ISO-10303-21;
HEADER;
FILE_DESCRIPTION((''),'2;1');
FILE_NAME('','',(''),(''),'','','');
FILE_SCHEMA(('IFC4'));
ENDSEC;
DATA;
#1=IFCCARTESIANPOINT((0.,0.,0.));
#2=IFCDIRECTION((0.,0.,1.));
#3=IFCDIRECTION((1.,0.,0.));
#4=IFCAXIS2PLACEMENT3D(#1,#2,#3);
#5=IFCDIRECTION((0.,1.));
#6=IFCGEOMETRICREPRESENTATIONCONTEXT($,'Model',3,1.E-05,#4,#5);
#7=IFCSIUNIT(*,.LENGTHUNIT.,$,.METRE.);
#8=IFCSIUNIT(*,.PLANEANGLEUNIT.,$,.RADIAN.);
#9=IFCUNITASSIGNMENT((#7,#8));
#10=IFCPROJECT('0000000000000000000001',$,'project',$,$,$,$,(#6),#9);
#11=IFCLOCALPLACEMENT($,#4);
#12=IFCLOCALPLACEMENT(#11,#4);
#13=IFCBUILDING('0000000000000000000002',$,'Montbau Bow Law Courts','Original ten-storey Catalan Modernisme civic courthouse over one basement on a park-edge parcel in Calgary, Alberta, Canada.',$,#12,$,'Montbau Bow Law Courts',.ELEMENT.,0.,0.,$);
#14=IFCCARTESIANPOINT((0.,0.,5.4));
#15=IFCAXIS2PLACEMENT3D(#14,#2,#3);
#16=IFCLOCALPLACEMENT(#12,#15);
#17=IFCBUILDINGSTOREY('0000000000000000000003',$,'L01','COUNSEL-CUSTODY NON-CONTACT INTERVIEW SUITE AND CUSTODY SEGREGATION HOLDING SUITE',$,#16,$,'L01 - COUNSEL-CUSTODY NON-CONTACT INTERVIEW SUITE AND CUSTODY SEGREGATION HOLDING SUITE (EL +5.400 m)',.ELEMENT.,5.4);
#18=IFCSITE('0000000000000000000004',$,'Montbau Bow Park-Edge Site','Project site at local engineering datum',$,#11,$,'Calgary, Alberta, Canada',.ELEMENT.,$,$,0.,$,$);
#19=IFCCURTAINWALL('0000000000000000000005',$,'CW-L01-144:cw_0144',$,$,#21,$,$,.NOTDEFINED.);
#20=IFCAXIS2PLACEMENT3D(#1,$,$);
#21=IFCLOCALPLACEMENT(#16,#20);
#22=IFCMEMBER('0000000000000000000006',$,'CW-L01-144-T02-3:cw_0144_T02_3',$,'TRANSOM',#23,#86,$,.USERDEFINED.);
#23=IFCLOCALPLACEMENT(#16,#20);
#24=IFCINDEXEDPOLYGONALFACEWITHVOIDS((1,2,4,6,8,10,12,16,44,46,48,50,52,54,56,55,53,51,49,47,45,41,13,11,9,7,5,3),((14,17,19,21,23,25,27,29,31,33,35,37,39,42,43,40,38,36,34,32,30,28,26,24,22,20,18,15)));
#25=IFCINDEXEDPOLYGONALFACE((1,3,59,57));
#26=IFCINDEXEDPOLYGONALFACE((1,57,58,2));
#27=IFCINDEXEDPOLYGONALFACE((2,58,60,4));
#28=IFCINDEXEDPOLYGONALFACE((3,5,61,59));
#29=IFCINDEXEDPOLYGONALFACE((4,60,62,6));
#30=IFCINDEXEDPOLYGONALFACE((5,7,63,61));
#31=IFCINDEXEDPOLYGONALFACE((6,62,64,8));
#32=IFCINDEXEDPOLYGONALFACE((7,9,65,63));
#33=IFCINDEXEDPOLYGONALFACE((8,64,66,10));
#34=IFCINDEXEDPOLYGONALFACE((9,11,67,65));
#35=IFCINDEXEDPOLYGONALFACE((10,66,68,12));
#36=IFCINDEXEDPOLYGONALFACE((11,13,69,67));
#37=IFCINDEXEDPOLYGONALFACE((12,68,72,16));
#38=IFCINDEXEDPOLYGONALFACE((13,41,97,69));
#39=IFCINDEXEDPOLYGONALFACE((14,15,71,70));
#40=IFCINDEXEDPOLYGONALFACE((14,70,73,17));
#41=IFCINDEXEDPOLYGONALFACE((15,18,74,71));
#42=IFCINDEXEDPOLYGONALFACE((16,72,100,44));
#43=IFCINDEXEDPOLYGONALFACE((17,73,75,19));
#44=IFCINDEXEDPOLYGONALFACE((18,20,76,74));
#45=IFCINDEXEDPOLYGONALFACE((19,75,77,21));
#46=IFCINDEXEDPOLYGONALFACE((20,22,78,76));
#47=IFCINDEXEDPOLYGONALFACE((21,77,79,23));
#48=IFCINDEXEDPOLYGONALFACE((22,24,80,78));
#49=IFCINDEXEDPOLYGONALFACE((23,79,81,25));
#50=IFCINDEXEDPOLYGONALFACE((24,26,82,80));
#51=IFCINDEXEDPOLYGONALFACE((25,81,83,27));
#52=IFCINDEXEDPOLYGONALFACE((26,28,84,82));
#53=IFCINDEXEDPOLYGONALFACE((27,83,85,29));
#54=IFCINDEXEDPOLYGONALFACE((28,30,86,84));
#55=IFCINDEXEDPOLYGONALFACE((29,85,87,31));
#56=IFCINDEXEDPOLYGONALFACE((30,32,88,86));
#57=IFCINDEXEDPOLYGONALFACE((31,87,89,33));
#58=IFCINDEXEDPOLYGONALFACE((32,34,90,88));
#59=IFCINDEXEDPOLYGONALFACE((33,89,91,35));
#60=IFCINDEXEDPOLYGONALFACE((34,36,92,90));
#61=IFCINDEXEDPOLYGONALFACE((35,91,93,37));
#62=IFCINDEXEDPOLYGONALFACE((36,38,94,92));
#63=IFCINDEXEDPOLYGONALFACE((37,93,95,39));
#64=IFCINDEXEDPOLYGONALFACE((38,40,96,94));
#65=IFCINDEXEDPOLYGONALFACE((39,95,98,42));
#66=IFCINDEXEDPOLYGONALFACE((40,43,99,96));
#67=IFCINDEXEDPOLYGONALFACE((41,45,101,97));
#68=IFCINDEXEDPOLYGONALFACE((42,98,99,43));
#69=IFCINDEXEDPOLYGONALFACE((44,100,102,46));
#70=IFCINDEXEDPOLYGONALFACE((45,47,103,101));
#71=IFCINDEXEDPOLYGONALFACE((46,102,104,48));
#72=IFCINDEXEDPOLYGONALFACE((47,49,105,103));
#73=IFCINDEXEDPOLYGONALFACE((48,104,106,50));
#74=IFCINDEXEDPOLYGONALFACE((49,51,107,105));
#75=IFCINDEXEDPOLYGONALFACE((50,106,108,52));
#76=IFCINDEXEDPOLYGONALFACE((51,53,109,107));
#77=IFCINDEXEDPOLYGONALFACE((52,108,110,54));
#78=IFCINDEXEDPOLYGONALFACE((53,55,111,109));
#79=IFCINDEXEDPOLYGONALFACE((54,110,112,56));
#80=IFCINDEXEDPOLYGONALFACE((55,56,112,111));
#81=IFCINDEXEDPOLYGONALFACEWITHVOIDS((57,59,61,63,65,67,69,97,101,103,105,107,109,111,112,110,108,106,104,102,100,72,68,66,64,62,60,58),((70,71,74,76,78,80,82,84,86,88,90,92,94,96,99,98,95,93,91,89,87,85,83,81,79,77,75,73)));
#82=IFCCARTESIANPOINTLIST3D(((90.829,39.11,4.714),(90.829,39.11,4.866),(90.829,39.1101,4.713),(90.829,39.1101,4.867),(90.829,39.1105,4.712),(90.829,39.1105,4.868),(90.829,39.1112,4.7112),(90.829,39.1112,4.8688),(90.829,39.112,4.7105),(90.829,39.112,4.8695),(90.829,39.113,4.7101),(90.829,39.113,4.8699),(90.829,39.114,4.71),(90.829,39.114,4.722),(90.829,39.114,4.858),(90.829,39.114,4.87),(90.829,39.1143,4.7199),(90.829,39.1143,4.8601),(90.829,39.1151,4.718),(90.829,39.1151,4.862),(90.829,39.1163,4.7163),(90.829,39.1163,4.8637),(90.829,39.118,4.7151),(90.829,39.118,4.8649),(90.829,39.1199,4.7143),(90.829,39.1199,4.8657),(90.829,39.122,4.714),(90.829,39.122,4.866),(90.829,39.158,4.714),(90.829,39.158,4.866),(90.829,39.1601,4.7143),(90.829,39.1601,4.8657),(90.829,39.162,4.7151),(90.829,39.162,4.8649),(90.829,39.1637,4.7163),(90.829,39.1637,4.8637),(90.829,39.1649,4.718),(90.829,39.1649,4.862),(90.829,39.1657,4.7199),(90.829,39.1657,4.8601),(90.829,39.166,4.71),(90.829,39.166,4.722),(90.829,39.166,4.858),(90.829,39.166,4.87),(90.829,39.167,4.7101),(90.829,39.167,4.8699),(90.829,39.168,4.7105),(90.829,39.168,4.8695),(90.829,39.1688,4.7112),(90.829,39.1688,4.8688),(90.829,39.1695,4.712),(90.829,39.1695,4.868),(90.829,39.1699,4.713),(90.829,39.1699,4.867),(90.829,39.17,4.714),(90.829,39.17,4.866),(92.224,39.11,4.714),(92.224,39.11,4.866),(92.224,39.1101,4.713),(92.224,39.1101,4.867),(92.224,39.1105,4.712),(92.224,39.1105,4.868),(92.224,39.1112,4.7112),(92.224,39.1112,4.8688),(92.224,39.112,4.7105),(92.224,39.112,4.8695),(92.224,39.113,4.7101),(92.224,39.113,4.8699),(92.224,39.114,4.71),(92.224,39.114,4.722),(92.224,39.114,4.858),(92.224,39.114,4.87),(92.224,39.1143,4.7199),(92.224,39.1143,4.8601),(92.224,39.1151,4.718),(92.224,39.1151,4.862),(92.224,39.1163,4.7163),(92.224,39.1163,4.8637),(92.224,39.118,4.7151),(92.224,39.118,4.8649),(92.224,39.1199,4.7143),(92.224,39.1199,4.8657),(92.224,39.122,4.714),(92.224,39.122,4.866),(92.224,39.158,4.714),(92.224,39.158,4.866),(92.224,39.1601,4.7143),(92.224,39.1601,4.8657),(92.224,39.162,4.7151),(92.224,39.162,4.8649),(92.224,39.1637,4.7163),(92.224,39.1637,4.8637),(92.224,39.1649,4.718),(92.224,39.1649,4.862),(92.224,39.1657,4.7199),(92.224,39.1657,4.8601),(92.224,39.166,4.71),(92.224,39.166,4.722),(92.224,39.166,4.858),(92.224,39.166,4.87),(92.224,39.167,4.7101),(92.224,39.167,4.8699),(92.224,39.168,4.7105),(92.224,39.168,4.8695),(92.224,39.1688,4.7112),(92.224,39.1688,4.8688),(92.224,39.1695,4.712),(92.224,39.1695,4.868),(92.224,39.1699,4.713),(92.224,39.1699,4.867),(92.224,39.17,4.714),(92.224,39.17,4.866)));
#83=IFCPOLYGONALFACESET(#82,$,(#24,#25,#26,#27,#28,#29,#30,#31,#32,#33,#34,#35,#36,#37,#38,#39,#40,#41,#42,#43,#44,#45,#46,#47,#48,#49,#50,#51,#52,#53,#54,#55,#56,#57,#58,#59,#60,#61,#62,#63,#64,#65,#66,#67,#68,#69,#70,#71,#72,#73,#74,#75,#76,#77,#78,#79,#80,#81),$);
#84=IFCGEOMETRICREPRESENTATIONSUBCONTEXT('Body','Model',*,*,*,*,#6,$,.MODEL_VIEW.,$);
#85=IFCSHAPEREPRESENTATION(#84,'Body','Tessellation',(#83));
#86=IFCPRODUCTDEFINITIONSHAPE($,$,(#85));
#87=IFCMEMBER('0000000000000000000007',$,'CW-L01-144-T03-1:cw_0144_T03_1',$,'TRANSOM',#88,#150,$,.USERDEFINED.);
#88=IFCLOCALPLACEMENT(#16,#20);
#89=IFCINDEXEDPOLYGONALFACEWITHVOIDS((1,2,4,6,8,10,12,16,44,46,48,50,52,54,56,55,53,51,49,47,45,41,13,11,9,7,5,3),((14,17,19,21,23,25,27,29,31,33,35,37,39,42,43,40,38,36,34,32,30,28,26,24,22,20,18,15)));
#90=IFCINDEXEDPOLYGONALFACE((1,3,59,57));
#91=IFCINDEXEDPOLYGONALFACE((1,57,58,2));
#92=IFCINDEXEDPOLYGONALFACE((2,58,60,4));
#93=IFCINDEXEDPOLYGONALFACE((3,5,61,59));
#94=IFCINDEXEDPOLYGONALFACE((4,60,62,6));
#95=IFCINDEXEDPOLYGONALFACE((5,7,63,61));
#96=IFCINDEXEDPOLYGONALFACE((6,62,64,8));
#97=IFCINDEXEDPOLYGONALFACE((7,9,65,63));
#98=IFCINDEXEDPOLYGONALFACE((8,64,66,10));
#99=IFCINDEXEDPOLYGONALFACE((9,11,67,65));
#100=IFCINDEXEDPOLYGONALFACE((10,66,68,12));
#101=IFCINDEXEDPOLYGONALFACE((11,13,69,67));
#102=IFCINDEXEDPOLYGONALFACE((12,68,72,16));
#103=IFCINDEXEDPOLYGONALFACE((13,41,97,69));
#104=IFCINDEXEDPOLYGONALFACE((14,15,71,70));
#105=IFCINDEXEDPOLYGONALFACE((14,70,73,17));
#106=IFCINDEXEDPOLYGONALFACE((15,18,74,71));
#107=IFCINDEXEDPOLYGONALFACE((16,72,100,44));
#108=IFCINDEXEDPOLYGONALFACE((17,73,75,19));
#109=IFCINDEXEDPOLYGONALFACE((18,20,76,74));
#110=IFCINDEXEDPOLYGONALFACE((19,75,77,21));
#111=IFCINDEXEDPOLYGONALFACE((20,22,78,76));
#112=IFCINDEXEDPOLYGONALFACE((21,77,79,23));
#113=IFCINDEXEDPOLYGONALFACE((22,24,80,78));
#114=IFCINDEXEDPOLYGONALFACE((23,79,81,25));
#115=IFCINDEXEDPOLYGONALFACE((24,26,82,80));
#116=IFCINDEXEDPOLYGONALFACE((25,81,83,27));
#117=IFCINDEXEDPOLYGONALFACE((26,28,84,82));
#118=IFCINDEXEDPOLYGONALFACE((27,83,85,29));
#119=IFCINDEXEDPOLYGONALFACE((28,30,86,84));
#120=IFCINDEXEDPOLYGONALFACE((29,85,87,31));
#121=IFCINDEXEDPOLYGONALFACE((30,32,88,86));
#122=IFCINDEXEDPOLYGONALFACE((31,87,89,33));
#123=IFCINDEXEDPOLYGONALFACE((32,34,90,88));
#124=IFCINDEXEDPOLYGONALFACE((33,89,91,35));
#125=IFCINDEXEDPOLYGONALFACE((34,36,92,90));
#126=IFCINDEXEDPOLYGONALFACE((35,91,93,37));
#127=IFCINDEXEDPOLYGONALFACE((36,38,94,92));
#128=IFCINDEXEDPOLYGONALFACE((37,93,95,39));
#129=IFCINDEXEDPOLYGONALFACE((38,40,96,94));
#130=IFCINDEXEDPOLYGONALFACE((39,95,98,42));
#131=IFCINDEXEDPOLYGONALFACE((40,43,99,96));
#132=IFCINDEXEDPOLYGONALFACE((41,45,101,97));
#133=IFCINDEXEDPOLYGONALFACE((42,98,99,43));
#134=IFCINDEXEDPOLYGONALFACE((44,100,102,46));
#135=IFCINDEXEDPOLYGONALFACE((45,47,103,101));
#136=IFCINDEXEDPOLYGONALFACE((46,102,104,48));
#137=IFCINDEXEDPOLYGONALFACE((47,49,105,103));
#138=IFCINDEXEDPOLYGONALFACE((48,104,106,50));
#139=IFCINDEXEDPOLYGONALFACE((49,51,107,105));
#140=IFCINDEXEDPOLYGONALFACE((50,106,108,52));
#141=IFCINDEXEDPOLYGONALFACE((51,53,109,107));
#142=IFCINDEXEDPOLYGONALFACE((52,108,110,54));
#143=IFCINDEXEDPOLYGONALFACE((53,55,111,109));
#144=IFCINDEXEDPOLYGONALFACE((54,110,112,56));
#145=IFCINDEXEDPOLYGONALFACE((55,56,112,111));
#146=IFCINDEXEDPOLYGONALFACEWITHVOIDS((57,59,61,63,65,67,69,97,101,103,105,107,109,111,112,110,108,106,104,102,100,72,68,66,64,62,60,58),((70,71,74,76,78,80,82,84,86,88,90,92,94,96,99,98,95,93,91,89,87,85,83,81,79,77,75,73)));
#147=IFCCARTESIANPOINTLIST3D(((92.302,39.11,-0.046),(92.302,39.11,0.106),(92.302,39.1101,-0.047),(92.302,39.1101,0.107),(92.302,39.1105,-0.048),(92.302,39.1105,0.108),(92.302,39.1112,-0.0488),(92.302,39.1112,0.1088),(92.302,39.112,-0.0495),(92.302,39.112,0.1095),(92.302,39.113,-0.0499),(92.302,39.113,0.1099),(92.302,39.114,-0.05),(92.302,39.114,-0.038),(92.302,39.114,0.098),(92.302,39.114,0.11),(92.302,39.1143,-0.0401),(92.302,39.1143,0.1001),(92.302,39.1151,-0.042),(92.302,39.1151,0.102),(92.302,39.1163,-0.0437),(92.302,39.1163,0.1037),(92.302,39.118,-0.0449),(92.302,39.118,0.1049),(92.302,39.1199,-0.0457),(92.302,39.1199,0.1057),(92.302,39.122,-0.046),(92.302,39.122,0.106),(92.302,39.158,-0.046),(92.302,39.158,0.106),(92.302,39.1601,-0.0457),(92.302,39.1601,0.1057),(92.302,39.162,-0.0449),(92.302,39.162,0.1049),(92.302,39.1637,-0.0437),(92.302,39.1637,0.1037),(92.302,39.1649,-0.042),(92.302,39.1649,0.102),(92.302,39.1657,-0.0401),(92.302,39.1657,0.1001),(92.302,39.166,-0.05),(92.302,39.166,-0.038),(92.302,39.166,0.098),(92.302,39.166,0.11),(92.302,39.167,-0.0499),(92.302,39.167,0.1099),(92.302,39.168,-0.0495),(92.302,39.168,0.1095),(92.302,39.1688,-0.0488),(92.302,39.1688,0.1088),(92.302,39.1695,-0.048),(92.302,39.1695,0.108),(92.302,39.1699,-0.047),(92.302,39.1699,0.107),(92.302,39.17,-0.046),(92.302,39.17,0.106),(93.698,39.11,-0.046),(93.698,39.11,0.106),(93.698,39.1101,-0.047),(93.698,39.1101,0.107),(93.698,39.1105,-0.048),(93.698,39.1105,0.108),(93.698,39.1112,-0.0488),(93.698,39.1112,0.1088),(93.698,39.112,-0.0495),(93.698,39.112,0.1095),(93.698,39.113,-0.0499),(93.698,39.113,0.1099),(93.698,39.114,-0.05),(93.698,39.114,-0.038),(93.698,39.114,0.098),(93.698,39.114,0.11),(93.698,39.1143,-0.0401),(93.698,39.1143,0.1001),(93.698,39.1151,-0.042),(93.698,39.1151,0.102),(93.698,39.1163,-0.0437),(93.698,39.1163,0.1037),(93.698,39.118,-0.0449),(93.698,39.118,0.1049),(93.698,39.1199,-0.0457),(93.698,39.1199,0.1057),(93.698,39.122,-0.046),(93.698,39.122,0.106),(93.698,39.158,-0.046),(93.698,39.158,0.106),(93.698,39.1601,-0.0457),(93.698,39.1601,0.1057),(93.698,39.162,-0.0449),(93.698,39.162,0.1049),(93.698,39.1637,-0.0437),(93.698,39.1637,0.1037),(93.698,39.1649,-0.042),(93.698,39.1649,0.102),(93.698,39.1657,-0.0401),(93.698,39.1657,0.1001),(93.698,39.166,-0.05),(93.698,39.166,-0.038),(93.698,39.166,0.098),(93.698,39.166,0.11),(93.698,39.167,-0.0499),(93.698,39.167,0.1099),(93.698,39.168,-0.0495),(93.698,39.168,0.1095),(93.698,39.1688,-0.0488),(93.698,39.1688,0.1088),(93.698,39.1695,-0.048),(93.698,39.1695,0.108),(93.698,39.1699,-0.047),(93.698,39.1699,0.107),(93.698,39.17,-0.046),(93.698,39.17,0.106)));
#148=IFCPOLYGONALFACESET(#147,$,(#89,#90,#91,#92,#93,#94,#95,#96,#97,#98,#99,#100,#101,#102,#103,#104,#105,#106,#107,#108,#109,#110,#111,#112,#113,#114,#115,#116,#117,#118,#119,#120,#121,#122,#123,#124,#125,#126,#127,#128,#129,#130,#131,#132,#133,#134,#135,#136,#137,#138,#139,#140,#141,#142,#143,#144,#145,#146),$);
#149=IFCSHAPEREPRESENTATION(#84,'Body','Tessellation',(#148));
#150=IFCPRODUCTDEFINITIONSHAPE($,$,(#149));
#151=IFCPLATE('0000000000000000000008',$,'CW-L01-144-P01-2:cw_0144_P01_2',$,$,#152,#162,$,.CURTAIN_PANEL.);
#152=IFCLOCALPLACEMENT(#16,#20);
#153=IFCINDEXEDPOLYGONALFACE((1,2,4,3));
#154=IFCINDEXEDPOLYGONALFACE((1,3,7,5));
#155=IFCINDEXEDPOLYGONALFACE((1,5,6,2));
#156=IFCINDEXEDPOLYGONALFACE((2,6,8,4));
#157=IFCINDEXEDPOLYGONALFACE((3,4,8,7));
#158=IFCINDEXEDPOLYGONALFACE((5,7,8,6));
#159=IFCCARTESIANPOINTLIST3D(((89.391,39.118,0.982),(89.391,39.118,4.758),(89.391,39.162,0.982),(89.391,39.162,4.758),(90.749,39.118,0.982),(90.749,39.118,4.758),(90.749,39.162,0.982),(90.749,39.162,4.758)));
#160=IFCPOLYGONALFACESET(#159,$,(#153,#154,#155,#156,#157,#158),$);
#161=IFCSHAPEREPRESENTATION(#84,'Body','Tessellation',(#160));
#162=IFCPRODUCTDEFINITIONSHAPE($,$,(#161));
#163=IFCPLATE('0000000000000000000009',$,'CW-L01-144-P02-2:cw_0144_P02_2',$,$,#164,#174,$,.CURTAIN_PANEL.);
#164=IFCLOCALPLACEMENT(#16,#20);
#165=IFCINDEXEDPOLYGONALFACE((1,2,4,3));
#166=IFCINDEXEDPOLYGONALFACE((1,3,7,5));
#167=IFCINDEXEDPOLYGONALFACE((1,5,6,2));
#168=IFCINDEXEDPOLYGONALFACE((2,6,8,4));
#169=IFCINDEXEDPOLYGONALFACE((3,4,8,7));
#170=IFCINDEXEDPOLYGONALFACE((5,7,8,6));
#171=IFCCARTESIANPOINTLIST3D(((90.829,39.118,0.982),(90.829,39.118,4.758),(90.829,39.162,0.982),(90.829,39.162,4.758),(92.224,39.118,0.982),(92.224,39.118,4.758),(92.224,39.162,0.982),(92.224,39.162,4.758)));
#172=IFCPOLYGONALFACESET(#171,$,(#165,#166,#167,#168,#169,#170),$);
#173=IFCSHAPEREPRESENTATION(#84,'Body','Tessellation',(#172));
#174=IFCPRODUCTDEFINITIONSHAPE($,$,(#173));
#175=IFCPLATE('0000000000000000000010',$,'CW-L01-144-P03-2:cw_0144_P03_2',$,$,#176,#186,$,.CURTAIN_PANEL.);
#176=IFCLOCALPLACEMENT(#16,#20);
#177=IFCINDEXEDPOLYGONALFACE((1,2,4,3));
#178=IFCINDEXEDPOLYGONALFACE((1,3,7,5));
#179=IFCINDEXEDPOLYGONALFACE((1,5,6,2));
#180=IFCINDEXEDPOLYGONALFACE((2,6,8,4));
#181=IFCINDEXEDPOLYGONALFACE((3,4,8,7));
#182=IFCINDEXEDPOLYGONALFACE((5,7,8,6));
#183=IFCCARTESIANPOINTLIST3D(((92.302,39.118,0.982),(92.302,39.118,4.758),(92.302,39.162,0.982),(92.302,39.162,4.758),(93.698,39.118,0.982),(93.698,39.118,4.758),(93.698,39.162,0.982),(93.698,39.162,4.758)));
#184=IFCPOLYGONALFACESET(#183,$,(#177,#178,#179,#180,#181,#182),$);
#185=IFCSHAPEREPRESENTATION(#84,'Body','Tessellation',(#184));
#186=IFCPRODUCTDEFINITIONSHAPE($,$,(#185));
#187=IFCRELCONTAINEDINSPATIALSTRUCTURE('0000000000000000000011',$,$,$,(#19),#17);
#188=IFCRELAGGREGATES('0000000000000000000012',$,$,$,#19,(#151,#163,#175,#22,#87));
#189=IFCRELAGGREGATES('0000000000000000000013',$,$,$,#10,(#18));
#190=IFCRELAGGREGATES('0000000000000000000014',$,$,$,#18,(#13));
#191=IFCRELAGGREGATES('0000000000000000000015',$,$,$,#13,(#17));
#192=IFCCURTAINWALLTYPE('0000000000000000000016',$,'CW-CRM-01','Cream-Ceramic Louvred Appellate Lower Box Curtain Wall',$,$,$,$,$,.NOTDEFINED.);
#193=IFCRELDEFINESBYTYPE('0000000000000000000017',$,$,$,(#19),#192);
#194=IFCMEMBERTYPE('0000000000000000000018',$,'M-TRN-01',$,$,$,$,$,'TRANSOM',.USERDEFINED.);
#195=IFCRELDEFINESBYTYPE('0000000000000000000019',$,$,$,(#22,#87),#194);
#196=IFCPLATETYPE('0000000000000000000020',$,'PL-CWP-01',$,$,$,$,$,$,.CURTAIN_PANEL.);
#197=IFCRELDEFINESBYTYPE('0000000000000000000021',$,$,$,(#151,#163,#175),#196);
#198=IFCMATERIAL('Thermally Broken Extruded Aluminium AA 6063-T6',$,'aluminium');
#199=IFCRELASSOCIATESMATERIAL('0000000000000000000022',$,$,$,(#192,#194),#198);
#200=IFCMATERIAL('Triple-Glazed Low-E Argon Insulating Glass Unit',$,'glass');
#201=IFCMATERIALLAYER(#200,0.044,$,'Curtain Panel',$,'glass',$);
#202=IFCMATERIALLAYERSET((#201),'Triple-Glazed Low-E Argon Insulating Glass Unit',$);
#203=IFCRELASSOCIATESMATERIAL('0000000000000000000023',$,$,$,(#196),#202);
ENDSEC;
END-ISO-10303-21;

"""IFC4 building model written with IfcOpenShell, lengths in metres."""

from ifc_helpers import new_model, si_unit, direction, frame, frame_2d, origin_with_axes, origin_2d_with_axis, place, context, subcontext, project, spatial, rectangle, hollow_rectangle, extrude, material, layer, layer_set, material_profile, profile_set, type_object, element, aggregate, save


model = new_model("IFC4")

# Units and contexts
model_context = context("Model", 3, precision=1e-05, world=origin_with_axes(), true_north=direction((0.0, 1.0)))
body_context = subcontext(model_context, "Body", "Model", "MODEL_VIEW")
ifc_project = project(units=[si_unit("LENGTHUNIT", "METRE"), si_unit("PLANEANGLEUNIT", "RADIAN")], contexts=[model_context])

# Site, building, storey
site_placement = place(None, origin_with_axes())
site = spatial("IfcSite", under=ifc_project, at=site_placement, Name="Montbau Bow Park-Edge Site", Description="Project site at local engineering datum", LongName="Calgary, Alberta, Canada", CompositionType="ELEMENT", RefElevation=0.0)
building_placement = place(site_placement, origin_with_axes())
building = spatial("IfcBuilding", under=site, at=building_placement, Name="Montbau Bow Law Courts", Description="Original ten-storey Catalan Modernisme civic courthouse over one basement on a park-edge parcel in Calgary, Alberta, Canada.", LongName="Montbau Bow Law Courts", CompositionType="ELEMENT", ElevationOfRefHeight=0.0, ElevationOfTerrain=0.0)
storey_placement = place(building_placement, frame((0.0, 0.0, 5.4), z_axis=(0.0, 0.0, 1.0), x_axis=(1.0, 0.0, 0.0)))
storey = spatial("IfcBuildingStorey", under=building, at=storey_placement, Name="L01", Description="COUNSEL-CUSTODY NON-CONTACT INTERVIEW SUITE AND CUSTODY SEGREGATION HOLDING SUITE", LongName="L01 - COUNSEL-CUSTODY NON-CONTACT INTERVIEW SUITE AND CUSTODY SEGREGATION HOLDING SUITE (EL +5.400 m)", CompositionType="ELEMENT", Elevation=5.4)

# Curtain wall, members, plates
ifc_material_1 = material(Name="Thermally Broken Extruded Aluminium AA 6063-T6", Category="aluminium")
curtain_wall_type = type_object("IfcCurtainWallType", Name="CW-CRM-01", Description="Cream-Ceramic Louvred Appellate Lower Box Curtain Wall", PredefinedType="NOTDEFINED", material=ifc_material_1)
curtain_wall_placement = place(None, frame((89.315, 39.14, 5.4), z_axis=(0.0, 0.0, 1.0), x_axis=(1.0, 0.0, 0.0)))
curtain_wall = element("IfcCurtainWall", 1, at=curtain_wall_placement, inside=storey, type_object=curtain_wall_type, Name="CW-L01-144:cw_0144", PredefinedType="NOTDEFINED")
ifc_material_profile_1 = material_profile(ifc_material_1, hollow_rectangle(XDim=0.06, YDim=0.16, WallThickness=0.004, InnerFilletRadius=0.008, OuterFilletRadius=0.004, at=origin_2d_with_axis()), Name="CWT-160X60", Category="Main", Priority=0)
ifc_profile_set_1 = profile_set([ifc_material_profile_1], Name="Thermally Broken Extruded Aluminium AA 6063-T6")
member_type_1 = type_object("IfcMemberType", Name="M-TRN-01", ElementType="TRANSOM", PredefinedType="USERDEFINED", material=ifc_profile_set_1)
member_1_placement = place(None, frame((90.829, 39.14, 10.19), z_axis=(1.0, 0.0, 0.0), x_axis=(0.0, 1.0, 0.0)))
member_1 = element("IfcMember", 2, at=member_1_placement, type_object=member_type_1, Name="CW-L01-144-T02-3:cw_0144_T02_3", ObjectType="TRANSOM", PredefinedType="USERDEFINED", context=body_context, shape_type="SweptSolid", body=[
    extrude(hollow_rectangle(XDim=0.06, YDim=0.16, WallThickness=0.004, InnerFilletRadius=0.008, OuterFilletRadius=0.004, at=origin_2d_with_axis()), origin_with_axes(), (0.0, 0.0, 1.0), 1.395),
])
member_2_placement = place(None, frame((92.302, 39.14, 5.43), z_axis=(1.0, 0.0, 0.0), x_axis=(0.0, 1.0, 0.0)))
member_2 = element("IfcMember", 3, at=member_2_placement, type_object=member_type_1, Name="CW-L01-144-T03-1:cw_0144_T03_1", ObjectType="TRANSOM", PredefinedType="USERDEFINED", context=body_context, shape_type="SweptSolid", body=[
    extrude(hollow_rectangle(XDim=0.06, YDim=0.16, WallThickness=0.004, InnerFilletRadius=0.008, OuterFilletRadius=0.004, at=origin_2d_with_axis()), origin_with_axes(), (0.0, 0.0, 1.0), 1.396),
])
ifc_material_2 = material(Name="Triple-Glazed Low-E Argon Insulating Glass Unit", Category="glass")
ifc_layer_1 = layer(ifc_material_2, 0.044, Name="Curtain Panel", Category="glass")
ifc_layer_set_1 = layer_set([ifc_layer_1], Name="Triple-Glazed Low-E Argon Insulating Glass Unit")
plate_type_1 = type_object("IfcPlateType", Name="PL-CWP-01", PredefinedType="CURTAIN_PANEL", material=ifc_layer_set_1)
plate_1_placement = place(None, frame((89.391, 39.14, 6.382), z_axis=(0.0, -1.0, 0.0), x_axis=(1.0, 0.0, 0.0)))
plate_1 = element("IfcPlate", 4, at=plate_1_placement, type_object=plate_type_1, Name="CW-L01-144-P01-2:cw_0144_P01_2", PredefinedType="CURTAIN_PANEL", context=body_context, shape_type="SweptSolid", body=[
    extrude(rectangle(XDim=1.358, YDim=3.776, at=frame_2d((0.679, 1.888), x_axis=(1.0, 0.0))), frame((0.0, 0.0, -0.022), z_axis=(0.0, 0.0, 1.0), x_axis=(1.0, 0.0, 0.0)), (0.0, 0.0, 1.0), 0.044),
])
plate_2_placement = place(None, frame((90.829, 39.14, 6.382), z_axis=(0.0, -1.0, 0.0), x_axis=(1.0, 0.0, 0.0)))
plate_2 = element("IfcPlate", 5, at=plate_2_placement, type_object=plate_type_1, Name="CW-L01-144-P02-2:cw_0144_P02_2", PredefinedType="CURTAIN_PANEL", context=body_context, shape_type="SweptSolid", body=[
    extrude(rectangle(XDim=1.395, YDim=3.776, at=frame_2d((0.6975, 1.888), x_axis=(1.0, 0.0))), frame((0.0, 0.0, -0.022), z_axis=(0.0, 0.0, 1.0), x_axis=(1.0, 0.0, 0.0)), (0.0, 0.0, 1.0), 0.044),
])
plate_3_placement = place(None, frame((92.302, 39.14, 6.382), z_axis=(0.0, -1.0, 0.0), x_axis=(1.0, 0.0, 0.0)))
plate_3 = element("IfcPlate", 6, at=plate_3_placement, type_object=plate_type_1, Name="CW-L01-144-P03-2:cw_0144_P03_2", PredefinedType="CURTAIN_PANEL", context=body_context, shape_type="SweptSolid", body=[
    extrude(rectangle(XDim=1.396, YDim=3.776, at=frame_2d((0.698, 1.888), x_axis=(1.0, 0.0))), frame((0.0, 0.0, -0.022), z_axis=(0.0, 0.0, 1.0), x_axis=(1.0, 0.0, 0.0)), (0.0, 0.0, 1.0), 0.044),
])
aggregate(curtain_wall, [plate_1, plate_2, plate_3, member_1, member_2])

save(model, "model.ifc")
